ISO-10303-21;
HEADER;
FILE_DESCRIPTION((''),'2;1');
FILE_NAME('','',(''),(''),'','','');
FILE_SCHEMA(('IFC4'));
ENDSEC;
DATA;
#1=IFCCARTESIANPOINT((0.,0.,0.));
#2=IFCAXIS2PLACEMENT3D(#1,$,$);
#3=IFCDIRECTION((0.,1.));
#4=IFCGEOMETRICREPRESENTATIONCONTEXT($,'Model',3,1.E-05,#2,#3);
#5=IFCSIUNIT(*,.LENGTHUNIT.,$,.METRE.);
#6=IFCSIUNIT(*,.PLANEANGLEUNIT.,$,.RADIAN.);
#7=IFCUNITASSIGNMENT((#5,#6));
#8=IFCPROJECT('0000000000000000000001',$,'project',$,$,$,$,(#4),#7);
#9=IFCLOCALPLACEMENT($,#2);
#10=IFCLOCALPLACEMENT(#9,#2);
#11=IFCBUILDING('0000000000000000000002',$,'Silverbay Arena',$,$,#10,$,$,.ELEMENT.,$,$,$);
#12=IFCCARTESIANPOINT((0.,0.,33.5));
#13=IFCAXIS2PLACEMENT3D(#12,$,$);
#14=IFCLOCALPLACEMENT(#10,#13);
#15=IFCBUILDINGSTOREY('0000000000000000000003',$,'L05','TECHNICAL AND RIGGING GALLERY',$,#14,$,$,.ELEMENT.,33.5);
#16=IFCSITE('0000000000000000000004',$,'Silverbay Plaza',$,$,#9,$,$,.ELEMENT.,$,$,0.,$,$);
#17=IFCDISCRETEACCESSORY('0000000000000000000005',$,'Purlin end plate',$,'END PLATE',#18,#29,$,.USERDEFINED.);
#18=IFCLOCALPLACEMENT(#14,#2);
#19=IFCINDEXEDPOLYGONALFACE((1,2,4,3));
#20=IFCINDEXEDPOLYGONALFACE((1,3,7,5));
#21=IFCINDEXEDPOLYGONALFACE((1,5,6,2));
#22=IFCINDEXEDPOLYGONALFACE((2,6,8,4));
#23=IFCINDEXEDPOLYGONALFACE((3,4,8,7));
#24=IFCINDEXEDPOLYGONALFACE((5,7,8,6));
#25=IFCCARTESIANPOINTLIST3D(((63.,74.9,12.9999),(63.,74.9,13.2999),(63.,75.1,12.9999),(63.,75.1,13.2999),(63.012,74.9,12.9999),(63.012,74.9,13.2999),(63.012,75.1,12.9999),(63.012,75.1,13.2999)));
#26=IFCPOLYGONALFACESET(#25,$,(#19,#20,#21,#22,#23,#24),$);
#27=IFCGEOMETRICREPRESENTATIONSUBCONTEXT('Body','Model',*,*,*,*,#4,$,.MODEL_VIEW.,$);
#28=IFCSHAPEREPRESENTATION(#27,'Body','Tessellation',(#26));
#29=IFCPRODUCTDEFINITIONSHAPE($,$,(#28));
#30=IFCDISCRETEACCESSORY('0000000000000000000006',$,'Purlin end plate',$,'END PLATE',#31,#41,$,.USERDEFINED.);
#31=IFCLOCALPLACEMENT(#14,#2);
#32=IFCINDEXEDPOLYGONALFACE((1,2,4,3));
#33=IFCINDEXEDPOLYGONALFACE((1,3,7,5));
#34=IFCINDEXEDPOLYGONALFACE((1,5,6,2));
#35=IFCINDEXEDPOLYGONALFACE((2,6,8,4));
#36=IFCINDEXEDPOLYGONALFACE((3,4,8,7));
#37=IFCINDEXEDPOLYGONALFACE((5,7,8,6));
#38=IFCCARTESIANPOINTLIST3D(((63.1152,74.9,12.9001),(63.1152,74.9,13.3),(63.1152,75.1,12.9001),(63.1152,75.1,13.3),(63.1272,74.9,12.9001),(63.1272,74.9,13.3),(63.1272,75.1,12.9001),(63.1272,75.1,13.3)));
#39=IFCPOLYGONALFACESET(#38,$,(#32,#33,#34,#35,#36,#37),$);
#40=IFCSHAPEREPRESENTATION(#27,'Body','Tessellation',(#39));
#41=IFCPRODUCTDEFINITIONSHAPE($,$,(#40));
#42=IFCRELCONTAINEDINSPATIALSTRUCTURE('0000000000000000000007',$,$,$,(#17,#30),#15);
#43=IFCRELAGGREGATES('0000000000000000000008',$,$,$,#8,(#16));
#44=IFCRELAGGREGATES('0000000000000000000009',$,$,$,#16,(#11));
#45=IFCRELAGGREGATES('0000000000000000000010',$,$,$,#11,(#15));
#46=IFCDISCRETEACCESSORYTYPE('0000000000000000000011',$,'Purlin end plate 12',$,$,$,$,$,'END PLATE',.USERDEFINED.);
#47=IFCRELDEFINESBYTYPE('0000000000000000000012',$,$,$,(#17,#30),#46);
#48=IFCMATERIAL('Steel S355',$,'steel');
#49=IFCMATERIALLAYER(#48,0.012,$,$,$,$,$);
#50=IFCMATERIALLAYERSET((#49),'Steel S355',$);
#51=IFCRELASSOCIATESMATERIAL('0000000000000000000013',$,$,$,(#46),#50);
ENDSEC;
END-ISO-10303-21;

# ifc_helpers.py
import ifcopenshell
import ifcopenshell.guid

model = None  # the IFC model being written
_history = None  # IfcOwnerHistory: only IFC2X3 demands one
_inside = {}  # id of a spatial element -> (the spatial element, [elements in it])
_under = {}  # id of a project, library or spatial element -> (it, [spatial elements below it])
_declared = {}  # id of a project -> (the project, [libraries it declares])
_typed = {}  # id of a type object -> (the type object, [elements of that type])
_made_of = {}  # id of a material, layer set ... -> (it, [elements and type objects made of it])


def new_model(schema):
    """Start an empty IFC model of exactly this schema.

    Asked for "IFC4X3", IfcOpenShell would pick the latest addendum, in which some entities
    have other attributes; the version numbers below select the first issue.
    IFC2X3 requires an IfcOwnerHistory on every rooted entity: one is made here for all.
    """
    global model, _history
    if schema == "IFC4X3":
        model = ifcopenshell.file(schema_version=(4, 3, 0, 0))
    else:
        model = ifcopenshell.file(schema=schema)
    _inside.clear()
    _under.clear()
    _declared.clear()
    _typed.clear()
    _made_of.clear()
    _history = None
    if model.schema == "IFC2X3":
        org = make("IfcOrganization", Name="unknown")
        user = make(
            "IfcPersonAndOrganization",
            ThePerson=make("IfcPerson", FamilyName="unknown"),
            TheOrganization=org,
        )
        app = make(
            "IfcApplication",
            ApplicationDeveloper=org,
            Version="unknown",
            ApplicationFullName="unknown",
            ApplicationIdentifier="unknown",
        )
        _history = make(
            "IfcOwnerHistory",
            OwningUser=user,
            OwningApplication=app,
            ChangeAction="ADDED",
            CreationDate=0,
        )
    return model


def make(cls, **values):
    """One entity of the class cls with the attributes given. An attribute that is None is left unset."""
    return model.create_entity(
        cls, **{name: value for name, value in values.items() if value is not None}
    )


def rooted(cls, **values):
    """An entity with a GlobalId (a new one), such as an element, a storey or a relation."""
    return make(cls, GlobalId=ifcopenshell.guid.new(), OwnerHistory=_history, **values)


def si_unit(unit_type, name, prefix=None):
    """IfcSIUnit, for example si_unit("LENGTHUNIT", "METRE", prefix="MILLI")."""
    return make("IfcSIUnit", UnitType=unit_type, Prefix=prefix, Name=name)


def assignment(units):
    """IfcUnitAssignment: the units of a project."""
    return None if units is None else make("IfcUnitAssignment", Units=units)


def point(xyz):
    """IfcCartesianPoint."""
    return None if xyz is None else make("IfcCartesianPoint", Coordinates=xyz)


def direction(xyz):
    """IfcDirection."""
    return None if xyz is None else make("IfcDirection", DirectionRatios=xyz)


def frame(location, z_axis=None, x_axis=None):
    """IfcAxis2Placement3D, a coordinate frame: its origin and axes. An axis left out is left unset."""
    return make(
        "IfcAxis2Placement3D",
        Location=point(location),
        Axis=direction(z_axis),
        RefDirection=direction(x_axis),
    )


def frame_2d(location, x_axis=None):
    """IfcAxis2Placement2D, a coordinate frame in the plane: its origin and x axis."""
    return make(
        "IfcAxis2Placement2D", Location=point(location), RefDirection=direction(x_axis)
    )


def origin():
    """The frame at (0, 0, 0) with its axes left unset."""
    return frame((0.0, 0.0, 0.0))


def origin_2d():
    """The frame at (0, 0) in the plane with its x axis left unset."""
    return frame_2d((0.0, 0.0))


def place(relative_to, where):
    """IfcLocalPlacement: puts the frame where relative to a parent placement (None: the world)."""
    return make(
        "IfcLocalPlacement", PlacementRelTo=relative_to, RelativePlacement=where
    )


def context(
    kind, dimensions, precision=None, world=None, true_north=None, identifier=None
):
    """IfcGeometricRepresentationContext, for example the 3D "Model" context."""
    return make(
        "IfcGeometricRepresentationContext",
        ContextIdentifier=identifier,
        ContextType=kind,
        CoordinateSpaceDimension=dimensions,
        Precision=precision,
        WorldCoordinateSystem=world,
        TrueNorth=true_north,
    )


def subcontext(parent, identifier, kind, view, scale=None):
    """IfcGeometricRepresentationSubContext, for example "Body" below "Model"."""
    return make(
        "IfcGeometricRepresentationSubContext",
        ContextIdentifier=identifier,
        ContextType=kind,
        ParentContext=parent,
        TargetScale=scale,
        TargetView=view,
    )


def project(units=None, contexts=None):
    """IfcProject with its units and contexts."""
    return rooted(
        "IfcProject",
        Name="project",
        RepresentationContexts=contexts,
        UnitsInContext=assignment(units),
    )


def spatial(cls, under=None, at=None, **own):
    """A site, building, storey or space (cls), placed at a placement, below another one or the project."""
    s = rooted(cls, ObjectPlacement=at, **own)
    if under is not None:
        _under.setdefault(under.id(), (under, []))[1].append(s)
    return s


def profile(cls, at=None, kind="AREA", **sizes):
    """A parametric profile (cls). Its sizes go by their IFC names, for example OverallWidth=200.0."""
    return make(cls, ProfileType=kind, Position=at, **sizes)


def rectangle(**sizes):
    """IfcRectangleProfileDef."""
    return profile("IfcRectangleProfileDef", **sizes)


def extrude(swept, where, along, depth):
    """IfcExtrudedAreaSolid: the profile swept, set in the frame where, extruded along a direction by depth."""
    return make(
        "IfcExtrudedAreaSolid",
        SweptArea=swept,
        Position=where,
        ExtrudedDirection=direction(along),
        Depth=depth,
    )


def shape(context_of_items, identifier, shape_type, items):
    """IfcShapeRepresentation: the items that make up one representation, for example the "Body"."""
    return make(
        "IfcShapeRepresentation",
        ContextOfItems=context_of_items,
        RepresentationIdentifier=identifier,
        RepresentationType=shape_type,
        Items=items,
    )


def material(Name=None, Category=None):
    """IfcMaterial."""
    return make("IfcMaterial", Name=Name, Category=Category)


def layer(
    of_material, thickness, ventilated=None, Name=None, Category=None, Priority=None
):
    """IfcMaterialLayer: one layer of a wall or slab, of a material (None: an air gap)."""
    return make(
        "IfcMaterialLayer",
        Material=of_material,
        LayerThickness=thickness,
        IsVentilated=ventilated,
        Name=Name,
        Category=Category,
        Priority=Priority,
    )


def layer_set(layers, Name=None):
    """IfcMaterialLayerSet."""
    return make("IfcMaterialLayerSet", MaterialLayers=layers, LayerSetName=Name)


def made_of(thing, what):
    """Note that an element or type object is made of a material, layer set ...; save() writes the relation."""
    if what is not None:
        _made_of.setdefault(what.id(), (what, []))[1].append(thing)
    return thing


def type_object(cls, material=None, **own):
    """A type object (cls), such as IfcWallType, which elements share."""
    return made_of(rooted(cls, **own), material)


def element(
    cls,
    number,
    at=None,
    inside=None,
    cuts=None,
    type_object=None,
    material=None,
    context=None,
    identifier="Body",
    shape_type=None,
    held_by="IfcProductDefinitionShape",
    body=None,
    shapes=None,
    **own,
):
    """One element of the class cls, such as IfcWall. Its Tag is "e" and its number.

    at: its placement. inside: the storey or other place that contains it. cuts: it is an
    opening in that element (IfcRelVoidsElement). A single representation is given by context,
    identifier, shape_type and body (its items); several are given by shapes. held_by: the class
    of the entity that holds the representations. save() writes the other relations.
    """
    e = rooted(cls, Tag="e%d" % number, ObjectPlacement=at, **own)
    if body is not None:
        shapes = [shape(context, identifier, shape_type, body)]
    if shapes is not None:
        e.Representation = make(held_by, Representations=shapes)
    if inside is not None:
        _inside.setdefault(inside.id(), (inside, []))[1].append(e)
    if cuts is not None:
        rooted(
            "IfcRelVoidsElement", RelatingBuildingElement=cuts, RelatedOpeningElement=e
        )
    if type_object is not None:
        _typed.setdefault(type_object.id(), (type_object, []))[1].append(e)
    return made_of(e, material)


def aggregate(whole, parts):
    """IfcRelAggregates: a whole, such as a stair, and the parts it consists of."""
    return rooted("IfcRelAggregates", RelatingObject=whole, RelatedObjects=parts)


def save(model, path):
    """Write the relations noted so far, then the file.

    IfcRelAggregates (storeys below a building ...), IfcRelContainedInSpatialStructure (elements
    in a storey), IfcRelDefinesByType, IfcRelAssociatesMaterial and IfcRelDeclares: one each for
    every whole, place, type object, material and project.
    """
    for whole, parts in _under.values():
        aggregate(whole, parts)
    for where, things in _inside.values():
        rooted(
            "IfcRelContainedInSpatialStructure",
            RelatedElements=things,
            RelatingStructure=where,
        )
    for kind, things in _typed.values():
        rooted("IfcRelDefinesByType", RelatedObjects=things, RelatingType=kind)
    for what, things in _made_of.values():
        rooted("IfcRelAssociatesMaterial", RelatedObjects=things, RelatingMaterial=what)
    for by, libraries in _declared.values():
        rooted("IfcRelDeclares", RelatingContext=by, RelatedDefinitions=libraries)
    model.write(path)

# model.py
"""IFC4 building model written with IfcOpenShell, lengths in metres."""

from ifc_helpers import new_model, si_unit, direction, frame, origin, origin_2d, place, context, subcontext, project, spatial, rectangle, extrude, material, layer, layer_set, type_object, element, save


model = new_model("IFC4")

# Units and contexts
model_context = context("Model", 3, precision=1e-05, world=origin(), true_north=direction((0.0, 1.0)))
body_context = subcontext(model_context, "Body", "Model", "MODEL_VIEW")
ifc_project = project(units=[si_unit("LENGTHUNIT", "METRE"), si_unit("PLANEANGLEUNIT", "RADIAN")], contexts=[model_context])

# Site, building, storey
site_placement = place(None, origin())
site = spatial("IfcSite", under=ifc_project, at=site_placement, Name="Silverbay Plaza", CompositionType="ELEMENT", RefElevation=0.0)
building_placement = place(site_placement, origin())
building = spatial("IfcBuilding", under=site, at=building_placement, Name="Silverbay Arena", CompositionType="ELEMENT")
storey_placement = place(building_placement, frame((0.0, 0.0, 33.5)))
storey = spatial("IfcBuildingStorey", under=building, at=storey_placement, Name="L05", Description="TECHNICAL AND RIGGING GALLERY", CompositionType="ELEMENT", Elevation=33.5)

# Discrete accessories
ifc_material_1 = material(Name="Steel S355", Category="steel")
ifc_layer_1 = layer(ifc_material_1, 0.012)
ifc_layer_set_1 = layer_set([ifc_layer_1], Name="Steel S355")
discrete_accessory_type_1 = type_object("IfcDiscreteAccessoryType", Name="Purlin end plate 12", ElementType="END PLATE", PredefinedType="USERDEFINED", material=ifc_layer_set_1)
discrete_accessory_1_placement = place(storey_placement, frame((63.0, 75.0, 13.1499), z_axis=(1.0, 0.0, 0.0), x_axis=(0.0, 1.0, 0.0)))
element("IfcDiscreteAccessory", 1, at=discrete_accessory_1_placement, inside=storey, type_object=discrete_accessory_type_1, Name="Purlin end plate", ObjectType="END PLATE", PredefinedType="USERDEFINED", context=body_context, shape_type="SweptSolid", body=[
    extrude(rectangle(XDim=0.2, YDim=0.3, at=origin_2d()), origin(), (0.0, 0.0, 1.0), 0.012),
])
discrete_accessory_2_placement = place(storey_placement, frame((63.1272, 75.0, 13.1001), z_axis=(-1.0, 0.0, 0.0), x_axis=(0.0, -1.0, 0.0)))
element("IfcDiscreteAccessory", 2, at=discrete_accessory_2_placement, inside=storey, type_object=discrete_accessory_type_1, Name="Purlin end plate", ObjectType="END PLATE", PredefinedType="USERDEFINED", context=body_context, shape_type="SweptSolid", body=[
    extrude(rectangle(XDim=0.2, YDim=0.3999, at=origin_2d()), origin(), (0.0, 0.0, 1.0), 0.012),
])

save(model, "model.ifc")
